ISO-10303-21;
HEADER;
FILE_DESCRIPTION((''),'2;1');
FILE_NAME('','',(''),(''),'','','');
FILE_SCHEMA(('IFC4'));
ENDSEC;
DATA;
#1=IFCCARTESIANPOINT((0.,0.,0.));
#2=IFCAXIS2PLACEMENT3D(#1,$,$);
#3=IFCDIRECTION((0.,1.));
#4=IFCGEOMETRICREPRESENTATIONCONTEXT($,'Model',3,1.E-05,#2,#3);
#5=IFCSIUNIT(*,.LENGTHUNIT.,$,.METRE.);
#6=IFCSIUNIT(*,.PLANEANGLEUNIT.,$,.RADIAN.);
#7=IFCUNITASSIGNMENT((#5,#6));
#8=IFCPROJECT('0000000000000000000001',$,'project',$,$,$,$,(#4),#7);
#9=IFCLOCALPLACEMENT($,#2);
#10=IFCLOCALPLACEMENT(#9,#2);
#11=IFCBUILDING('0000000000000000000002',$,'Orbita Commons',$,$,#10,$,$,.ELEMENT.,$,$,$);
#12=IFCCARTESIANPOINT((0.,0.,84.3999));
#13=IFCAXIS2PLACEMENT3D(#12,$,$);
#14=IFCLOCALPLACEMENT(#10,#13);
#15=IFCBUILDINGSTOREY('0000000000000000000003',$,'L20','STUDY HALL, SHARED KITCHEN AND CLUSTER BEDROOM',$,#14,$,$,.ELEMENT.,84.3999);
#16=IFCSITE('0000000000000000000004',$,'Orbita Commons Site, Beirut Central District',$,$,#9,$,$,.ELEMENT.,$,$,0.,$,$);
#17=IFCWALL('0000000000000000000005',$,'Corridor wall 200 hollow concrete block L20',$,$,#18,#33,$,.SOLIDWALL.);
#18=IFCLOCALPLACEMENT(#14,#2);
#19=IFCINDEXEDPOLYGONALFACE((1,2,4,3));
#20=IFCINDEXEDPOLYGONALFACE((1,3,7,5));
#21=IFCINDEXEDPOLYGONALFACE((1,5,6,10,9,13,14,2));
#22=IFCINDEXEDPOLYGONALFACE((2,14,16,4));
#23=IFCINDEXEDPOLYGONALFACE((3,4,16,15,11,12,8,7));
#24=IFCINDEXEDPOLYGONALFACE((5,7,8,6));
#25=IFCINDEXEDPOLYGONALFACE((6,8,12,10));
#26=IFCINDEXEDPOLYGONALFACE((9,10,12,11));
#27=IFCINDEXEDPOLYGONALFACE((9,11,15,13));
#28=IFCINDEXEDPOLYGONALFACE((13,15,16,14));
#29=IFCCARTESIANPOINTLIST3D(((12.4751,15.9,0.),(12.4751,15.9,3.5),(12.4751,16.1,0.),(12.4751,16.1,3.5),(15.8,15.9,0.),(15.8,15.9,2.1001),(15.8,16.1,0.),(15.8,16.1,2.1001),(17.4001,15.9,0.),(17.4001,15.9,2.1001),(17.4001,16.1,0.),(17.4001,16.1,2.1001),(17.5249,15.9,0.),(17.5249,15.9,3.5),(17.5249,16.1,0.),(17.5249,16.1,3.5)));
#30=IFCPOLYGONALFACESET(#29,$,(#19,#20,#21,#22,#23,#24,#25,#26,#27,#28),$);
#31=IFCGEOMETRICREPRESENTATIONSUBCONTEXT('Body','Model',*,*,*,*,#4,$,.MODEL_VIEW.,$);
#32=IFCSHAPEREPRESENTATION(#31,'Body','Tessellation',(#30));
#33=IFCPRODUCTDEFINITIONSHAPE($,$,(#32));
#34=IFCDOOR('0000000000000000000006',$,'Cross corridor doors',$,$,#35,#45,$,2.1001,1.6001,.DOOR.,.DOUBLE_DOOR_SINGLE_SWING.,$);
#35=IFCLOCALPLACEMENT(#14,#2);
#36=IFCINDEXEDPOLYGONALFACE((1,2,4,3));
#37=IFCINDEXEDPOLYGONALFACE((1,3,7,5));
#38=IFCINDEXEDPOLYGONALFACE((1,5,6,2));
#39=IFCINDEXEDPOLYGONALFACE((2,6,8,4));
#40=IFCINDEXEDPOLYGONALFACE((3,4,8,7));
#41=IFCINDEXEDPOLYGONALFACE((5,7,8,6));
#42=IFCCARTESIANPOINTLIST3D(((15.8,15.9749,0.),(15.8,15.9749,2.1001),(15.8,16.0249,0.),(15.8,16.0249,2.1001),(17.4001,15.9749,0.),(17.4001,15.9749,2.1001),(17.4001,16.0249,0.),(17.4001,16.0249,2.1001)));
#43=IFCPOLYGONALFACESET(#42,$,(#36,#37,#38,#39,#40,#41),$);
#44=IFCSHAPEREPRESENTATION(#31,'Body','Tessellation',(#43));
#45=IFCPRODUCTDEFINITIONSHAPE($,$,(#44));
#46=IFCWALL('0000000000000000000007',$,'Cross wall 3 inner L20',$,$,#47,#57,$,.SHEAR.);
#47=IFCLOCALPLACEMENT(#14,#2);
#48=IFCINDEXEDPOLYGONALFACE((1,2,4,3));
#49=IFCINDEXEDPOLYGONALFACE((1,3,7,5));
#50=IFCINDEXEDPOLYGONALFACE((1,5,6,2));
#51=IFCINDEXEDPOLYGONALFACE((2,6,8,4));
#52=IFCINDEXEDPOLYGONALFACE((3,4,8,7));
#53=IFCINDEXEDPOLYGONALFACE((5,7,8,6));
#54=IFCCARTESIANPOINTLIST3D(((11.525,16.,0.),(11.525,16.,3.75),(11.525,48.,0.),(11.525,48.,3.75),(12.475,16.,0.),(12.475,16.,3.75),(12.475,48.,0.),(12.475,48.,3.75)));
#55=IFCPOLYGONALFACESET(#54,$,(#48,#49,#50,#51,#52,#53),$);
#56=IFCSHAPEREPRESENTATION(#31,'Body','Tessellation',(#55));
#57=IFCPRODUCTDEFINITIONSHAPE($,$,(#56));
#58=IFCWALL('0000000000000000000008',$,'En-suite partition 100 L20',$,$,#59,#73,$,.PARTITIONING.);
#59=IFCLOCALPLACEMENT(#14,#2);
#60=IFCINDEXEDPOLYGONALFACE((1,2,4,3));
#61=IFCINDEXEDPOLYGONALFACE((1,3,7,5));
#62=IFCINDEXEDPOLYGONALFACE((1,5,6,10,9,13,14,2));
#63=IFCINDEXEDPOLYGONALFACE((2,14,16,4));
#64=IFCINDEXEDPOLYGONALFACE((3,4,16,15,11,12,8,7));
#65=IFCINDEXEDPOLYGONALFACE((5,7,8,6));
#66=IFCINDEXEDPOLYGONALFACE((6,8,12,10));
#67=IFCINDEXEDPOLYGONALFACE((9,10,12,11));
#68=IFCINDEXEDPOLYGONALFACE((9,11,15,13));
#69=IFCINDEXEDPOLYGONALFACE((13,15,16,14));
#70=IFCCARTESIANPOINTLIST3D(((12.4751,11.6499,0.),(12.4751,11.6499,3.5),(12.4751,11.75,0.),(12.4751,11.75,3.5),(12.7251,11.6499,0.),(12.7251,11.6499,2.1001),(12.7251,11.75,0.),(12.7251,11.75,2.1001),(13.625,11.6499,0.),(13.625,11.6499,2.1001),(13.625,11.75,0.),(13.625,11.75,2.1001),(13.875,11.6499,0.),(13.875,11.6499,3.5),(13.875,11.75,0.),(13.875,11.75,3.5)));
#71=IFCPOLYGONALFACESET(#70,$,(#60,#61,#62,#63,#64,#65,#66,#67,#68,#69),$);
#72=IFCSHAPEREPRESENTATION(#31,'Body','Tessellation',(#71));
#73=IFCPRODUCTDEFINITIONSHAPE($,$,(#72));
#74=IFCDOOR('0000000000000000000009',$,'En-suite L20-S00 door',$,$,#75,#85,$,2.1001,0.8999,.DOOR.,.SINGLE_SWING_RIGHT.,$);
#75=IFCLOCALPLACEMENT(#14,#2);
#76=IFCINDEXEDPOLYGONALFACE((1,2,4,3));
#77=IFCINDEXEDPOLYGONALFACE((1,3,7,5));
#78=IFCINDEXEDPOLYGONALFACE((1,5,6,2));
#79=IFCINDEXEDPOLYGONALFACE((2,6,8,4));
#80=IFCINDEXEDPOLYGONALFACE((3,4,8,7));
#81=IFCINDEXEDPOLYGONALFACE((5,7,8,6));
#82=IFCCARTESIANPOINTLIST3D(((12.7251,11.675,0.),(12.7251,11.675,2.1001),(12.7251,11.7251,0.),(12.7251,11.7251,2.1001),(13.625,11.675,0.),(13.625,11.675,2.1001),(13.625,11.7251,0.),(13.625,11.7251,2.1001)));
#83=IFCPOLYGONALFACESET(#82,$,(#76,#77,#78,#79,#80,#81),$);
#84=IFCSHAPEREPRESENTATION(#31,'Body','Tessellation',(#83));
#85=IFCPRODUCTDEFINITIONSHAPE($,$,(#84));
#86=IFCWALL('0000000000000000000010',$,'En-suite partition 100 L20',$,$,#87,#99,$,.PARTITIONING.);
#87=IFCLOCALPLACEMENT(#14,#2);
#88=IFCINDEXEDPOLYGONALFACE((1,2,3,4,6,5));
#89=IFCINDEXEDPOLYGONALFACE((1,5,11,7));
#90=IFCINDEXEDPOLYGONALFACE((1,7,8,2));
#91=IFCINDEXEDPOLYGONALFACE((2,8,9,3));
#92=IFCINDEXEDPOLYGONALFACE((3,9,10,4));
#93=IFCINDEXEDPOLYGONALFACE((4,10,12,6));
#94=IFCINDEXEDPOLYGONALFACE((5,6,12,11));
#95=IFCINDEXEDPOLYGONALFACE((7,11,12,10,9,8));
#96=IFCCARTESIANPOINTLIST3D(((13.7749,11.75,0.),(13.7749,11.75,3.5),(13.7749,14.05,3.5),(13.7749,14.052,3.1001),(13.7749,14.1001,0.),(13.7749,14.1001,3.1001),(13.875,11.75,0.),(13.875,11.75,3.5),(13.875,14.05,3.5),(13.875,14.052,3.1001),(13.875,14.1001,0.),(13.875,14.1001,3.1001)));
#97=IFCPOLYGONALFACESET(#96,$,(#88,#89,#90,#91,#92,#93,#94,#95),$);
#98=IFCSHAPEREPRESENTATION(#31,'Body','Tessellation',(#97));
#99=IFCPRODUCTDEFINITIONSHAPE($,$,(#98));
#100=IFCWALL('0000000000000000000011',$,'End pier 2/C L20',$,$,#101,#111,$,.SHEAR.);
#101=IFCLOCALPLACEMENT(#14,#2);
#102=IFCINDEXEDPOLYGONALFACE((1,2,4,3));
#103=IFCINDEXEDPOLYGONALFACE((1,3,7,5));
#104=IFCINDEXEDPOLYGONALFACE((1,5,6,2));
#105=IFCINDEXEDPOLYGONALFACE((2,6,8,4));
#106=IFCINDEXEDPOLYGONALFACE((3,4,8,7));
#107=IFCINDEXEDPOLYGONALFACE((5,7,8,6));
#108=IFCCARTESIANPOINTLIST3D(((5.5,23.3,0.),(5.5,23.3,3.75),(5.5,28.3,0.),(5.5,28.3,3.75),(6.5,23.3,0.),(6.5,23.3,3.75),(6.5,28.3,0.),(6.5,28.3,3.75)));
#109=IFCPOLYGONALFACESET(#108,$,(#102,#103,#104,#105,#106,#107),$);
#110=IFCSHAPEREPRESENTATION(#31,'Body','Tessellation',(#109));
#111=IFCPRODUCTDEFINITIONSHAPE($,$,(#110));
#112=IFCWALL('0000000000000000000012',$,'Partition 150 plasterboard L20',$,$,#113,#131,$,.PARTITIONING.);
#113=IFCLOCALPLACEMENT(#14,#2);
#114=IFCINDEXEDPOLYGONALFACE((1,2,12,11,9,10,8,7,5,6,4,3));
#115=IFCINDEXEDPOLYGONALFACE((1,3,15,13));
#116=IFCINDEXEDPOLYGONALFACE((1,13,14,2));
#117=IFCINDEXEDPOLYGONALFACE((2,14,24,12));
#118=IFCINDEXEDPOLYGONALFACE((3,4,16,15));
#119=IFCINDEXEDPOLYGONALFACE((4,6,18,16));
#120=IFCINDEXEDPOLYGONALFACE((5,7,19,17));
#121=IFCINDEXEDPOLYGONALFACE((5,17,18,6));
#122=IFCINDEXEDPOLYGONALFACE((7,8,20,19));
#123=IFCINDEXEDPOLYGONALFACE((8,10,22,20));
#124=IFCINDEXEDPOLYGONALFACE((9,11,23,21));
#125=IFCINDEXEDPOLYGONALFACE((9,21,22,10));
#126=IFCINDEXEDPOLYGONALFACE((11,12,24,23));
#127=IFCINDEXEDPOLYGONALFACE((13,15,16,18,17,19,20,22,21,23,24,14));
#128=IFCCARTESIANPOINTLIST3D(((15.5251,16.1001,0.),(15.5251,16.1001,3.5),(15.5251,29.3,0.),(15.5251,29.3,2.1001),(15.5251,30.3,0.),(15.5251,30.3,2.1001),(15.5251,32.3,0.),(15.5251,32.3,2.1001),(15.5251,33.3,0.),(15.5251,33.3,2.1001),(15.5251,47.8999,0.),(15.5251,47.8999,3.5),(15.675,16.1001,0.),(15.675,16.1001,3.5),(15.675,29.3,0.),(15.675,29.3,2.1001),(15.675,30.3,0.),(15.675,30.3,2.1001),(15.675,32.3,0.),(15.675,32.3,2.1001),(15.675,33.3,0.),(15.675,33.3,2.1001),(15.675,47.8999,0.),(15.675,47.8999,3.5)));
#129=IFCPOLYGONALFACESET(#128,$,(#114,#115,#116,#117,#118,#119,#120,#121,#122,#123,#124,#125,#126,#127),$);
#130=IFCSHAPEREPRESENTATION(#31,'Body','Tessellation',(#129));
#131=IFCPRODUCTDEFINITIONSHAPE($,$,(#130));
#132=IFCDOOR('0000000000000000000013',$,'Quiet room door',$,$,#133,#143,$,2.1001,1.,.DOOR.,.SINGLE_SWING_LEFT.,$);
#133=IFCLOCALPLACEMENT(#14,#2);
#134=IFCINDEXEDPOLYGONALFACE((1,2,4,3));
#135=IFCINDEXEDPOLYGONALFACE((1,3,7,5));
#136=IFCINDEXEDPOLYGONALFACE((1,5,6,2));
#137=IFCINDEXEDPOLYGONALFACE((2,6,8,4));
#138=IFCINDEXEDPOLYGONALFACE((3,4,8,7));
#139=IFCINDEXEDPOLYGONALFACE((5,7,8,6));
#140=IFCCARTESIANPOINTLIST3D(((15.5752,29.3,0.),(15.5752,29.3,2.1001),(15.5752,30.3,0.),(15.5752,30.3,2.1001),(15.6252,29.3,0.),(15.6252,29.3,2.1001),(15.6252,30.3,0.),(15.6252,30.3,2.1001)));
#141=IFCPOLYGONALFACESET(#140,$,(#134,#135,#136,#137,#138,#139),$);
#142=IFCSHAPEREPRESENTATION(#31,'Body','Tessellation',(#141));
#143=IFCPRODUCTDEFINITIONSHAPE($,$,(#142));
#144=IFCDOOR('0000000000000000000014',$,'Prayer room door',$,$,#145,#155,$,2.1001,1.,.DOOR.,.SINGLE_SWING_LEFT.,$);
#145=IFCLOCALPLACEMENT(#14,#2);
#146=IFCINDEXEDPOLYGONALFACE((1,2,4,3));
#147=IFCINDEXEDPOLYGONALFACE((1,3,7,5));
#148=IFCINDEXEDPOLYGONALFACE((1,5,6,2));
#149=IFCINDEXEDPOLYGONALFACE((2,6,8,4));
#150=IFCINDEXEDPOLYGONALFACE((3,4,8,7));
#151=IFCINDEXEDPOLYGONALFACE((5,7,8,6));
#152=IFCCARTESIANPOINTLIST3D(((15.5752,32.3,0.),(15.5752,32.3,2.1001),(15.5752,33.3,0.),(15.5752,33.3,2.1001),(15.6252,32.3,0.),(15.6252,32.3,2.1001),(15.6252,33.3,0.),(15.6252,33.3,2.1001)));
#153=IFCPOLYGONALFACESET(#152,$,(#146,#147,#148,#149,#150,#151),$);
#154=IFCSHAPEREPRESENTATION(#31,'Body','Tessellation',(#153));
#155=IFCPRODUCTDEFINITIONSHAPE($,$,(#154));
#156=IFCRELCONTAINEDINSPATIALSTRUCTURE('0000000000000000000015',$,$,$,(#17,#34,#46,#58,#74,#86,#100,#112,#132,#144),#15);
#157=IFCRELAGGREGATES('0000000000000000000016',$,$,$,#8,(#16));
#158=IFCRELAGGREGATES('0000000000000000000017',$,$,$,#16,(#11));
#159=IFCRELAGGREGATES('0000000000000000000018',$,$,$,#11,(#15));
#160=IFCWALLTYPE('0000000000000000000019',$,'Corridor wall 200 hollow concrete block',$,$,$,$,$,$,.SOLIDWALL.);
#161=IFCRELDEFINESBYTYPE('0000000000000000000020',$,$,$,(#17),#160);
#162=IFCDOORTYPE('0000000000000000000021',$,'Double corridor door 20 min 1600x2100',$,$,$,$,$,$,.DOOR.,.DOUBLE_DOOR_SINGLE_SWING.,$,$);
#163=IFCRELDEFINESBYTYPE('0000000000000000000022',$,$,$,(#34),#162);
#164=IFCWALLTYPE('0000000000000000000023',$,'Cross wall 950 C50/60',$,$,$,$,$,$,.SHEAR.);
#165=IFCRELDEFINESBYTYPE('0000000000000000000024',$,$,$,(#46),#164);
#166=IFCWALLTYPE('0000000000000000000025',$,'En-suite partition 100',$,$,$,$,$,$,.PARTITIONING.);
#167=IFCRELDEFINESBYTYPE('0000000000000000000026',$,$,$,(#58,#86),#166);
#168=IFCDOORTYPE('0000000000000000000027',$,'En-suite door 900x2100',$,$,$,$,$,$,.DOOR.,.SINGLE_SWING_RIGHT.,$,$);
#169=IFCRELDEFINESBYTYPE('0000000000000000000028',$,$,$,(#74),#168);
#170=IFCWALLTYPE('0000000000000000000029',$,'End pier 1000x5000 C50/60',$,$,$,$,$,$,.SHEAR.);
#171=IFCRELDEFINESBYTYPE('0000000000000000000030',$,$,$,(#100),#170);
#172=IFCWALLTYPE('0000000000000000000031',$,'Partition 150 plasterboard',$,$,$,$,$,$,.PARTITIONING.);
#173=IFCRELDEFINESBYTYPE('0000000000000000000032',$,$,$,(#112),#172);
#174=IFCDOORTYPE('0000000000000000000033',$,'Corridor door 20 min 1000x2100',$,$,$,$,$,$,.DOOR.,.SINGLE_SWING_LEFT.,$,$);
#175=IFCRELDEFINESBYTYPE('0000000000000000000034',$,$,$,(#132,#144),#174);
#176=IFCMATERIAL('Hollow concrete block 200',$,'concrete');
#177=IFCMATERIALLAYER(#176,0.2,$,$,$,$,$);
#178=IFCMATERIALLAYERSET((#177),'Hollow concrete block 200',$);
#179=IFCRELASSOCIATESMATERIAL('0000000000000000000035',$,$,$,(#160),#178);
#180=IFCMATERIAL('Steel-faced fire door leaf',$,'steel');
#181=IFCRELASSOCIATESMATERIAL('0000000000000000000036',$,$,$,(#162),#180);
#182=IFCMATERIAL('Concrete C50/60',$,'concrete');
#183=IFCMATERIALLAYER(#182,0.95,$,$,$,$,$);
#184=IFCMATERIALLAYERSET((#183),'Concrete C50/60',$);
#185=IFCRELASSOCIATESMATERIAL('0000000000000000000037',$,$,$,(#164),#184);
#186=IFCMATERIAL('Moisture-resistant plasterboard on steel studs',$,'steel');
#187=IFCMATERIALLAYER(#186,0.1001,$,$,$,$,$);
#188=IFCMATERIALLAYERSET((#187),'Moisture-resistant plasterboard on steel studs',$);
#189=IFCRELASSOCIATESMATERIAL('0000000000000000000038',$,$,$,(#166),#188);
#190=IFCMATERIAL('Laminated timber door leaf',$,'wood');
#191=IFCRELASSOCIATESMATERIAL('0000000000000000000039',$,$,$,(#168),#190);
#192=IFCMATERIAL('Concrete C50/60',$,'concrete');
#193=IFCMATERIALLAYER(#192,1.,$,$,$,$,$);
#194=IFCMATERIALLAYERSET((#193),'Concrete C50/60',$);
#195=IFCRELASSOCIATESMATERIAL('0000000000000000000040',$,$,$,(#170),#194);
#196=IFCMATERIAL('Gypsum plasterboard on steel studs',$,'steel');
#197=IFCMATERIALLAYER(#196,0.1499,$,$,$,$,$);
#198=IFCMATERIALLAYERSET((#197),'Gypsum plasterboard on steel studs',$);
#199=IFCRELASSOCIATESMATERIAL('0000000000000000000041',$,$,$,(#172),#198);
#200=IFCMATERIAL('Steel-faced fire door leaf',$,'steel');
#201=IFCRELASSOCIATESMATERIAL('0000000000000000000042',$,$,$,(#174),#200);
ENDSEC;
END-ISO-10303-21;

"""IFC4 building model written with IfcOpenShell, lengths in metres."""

from ifc_helpers import new_model, si_unit, direction, frame, frame_2d, origin, place, context, subcontext, project, spatial, polyline, rectangle, outline, extrude, material, layer, layer_set, type_object, element, fill, save


model = new_model("IFC4")

# Units and contexts
model_context = context("Model", 3, precision=1e-05, world=origin(), true_north=direction((0.0, 1.0)))
body_context = subcontext(model_context, "Body", "Model", "MODEL_VIEW")
ifc_project = project(units=[si_unit("LENGTHUNIT", "METRE"), si_unit("PLANEANGLEUNIT", "RADIAN")], contexts=[model_context])

# Site, building, storey
site_placement = place(None, origin())
site = spatial("IfcSite", under=ifc_project, at=site_placement, Name="Orbita Commons Site, Beirut Central District", CompositionType="ELEMENT", RefElevation=0.0)
building_placement = place(site_placement, origin())
building = spatial("IfcBuilding", under=site, at=building_placement, Name="Orbita Commons", CompositionType="ELEMENT")
storey_placement = place(building_placement, frame((0.0, 0.0, 84.3999)))
storey = spatial("IfcBuildingStorey", under=building, at=storey_placement, Name="L20", Description="STUDY HALL, SHARED KITCHEN AND CLUSTER BEDROOM", CompositionType="ELEMENT", Elevation=84.3999)

# Wall, opening, door
ifc_material_1 = material(Name="Hollow concrete block 200", Category="concrete")
ifc_layer_1 = layer(ifc_material_1, 0.2)
ifc_layer_set_1 = layer_set([ifc_layer_1], Name="Hollow concrete block 200")
wall_type_1 = type_object("IfcWallType", Name="Corridor wall 200 hollow concrete block", PredefinedType="SOLIDWALL", material=ifc_layer_set_1)
wall_1_placement = place(storey_placement, frame((12.4751, 16.0, 0.0), z_axis=(0.0, 0.0, 1.0), x_axis=(1.0, 0.0, 0.0)))
wall_1 = element("IfcWall", 1, at=wall_1_placement, inside=storey, type_object=wall_type_1, Name="Corridor wall 200 hollow concrete block L20", PredefinedType="SOLIDWALL", context=body_context, shape_type="SweptSolid", body=[
    extrude(rectangle(XDim=5.0498, YDim=0.2, at=frame_2d((2.5249, 0.0))), origin(), (0.0, 0.0, 1.0), 3.5),
])
opening_1_placement = place(wall_1_placement, frame((3.325, 0.0, 0.0)))
opening_1 = element("IfcOpeningElement", 2, at=opening_1_placement, cuts=wall_1, PredefinedType="OPENING", context=body_context, shape_type="SweptSolid", body=[
    extrude(rectangle(XDim=1.6001, YDim=2.1001, at=frame_2d((0.8, 1.05))), frame((0.0, 0.1099, 0.0), z_axis=(0.0, -1.0, 0.0), x_axis=(1.0, 0.0, 0.0)), (0.0, 0.0, 1.0), 0.22),
])
ifc_material_2 = material(Name="Steel-faced fire door leaf", Category="steel")
door_type_1 = type_object("IfcDoorType", Name="Double corridor door 20 min 1600x2100", OperationType="DOUBLE_DOOR_SINGLE_SWING", PredefinedType="DOOR", material=ifc_material_2)
door_1_placement = place(opening_1_placement, origin())
door_1 = element("IfcDoor", 3, at=door_1_placement, inside=storey, type_object=door_type_1, Name="Cross corridor doors", OperationType="DOUBLE_DOOR_SINGLE_SWING", OverallHeight=2.1001, OverallWidth=1.6001, PredefinedType="DOOR", context=body_context, shape_type="SweptSolid", body=[
    extrude(rectangle(XDim=1.6001, YDim=2.1001, at=frame_2d((0.8, 1.05))), frame((0.0, 0.0249, 0.0), z_axis=(0.0, -1.0, 0.0), x_axis=(1.0, 0.0, 0.0)), (0.0, 0.0, 1.0), 0.05),
])
fill(opening_1, door_1)

# Wall
ifc_material_3 = material(Name="Concrete C50/60", Category="concrete")
ifc_layer_2 = layer(ifc_material_3, 0.95)
ifc_layer_set_2 = layer_set([ifc_layer_2], Name="Concrete C50/60")
wall_type_2 = type_object("IfcWallType", Name="Cross wall 950 C50/60", PredefinedType="SHEAR", material=ifc_layer_set_2)
wall_2_placement = place(storey_placement, frame((12.0, 16.0, 0.0), z_axis=(0.0, 0.0, 1.0), x_axis=(0.0, 1.0, 0.0)))
element("IfcWall", 4, at=wall_2_placement, inside=storey, type_object=wall_type_2, Name="Cross wall 3 inner L20", PredefinedType="SHEAR", context=body_context, shape_type="SweptSolid", body=[
    extrude(rectangle(XDim=32.0, YDim=0.95, at=frame_2d((16.0, 0.0))), origin(), (0.0, 0.0, 1.0), 3.75),
])

# Wall, opening, door
ifc_material_4 = material(Name="Moisture-resistant plasterboard on steel studs", Category="steel")
ifc_layer_3 = layer(ifc_material_4, 0.1001)
ifc_layer_set_3 = layer_set([ifc_layer_3], Name="Moisture-resistant plasterboard on steel studs")
wall_type_3 = type_object("IfcWallType", Name="En-suite partition 100", PredefinedType="PARTITIONING", material=ifc_layer_set_3)
wall_3_placement = place(storey_placement, frame((13.875, 11.7, 0.0), z_axis=(0.0, 0.0, 1.0), x_axis=(-1.0, 0.0, 0.0)))
wall_3 = element("IfcWall", 5, at=wall_3_placement, inside=storey, type_object=wall_type_3, Name="En-suite partition 100 L20", PredefinedType="PARTITIONING", context=body_context, shape_type="SweptSolid", body=[
    extrude(rectangle(XDim=1.3999, YDim=0.1001, at=frame_2d((0.7, 0.0))), origin(), (0.0, 0.0, 1.0), 3.5),
])
opening_2_placement = place(wall_3_placement, frame((0.25, 0.0, 0.0)))
opening_2 = element("IfcOpeningElement", 6, at=opening_2_placement, cuts=wall_3, PredefinedType="OPENING", context=body_context, shape_type="SweptSolid", body=[
    extrude(rectangle(XDim=0.8999, YDim=2.1001, at=frame_2d((0.45, 1.05))), frame((0.0, 0.0601, 0.0), z_axis=(0.0, -1.0, 0.0), x_axis=(1.0, 0.0, 0.0)), (0.0, 0.0, 1.0), 0.1201),
])
ifc_material_5 = material(Name="Laminated timber door leaf", Category="wood")
door_type_2 = type_object("IfcDoorType", Name="En-suite door 900x2100", OperationType="SINGLE_SWING_RIGHT", PredefinedType="DOOR", material=ifc_material_5)
door_2_placement = place(opening_2_placement, origin())
door_2 = element("IfcDoor", 7, at=door_2_placement, inside=storey, type_object=door_type_2, Name="En-suite L20-S00 door", OperationType="SINGLE_SWING_RIGHT", OverallHeight=2.1001, OverallWidth=0.8999, PredefinedType="DOOR", context=body_context, shape_type="SweptSolid", body=[
    extrude(rectangle(XDim=0.8999, YDim=2.1001, at=frame_2d((0.45, 1.05))), frame((0.0, 0.0249, 0.0), z_axis=(0.0, -1.0, 0.0), x_axis=(1.0, 0.0, 0.0)), (0.0, 0.0, 1.0), 0.05),
])
fill(opening_2, door_2)

# Walls
wall_4_placement = place(storey_placement, frame((13.825, 11.75, 0.0), z_axis=(0.0, 0.0, 1.0), x_axis=(0.0, 1.0, 0.0)))
element("IfcWall", 8, at=wall_4_placement, inside=storey, type_object=wall_type_3, Name="En-suite partition 100 L20", PredefinedType="PARTITIONING", context=body_context, shape_type="SweptSolid", body=[
    extrude(outline(polyline([(0.0, 0.0), (2.3501, 0.0), (2.3501, 3.1001), (2.302, 3.1001), (2.3, 3.5), (0.0, 3.5), (0.0, 0.0)])), frame((0.0, 0.05, 0.0), z_axis=(0.0, -1.0, 0.0), x_axis=(1.0, 0.0, 0.0)), (0.0, 0.0, 1.0), 0.1001),
])
ifc_material_6 = material(Name="Concrete C50/60", Category="concrete")
ifc_layer_4 = layer(ifc_material_6, 1.0)
ifc_layer_set_4 = layer_set([ifc_layer_4], Name="Concrete C50/60")
wall_type_4 = type_object("IfcWallType", Name="End pier 1000x5000 C50/60", PredefinedType="SHEAR", material=ifc_layer_set_4)
wall_5_placement = place(storey_placement, frame((6.0, 23.3, 0.0), z_axis=(0.0, 0.0, 1.0), x_axis=(0.0, 1.0, 0.0)))
element("IfcWall", 9, at=wall_5_placement, inside=storey, type_object=wall_type_4, Name="End pier 2/C L20", PredefinedType="SHEAR", context=body_context, shape_type="SweptSolid", body=[
    extrude(rectangle(XDim=5.0, YDim=1.0, at=frame_2d((2.5, 0.0))), origin(), (0.0, 0.0, 1.0), 3.75),
])

# Wall, openings, doors
ifc_material_7 = material(Name="Gypsum plasterboard on steel studs", Category="steel")
ifc_layer_5 = layer(ifc_material_7, 0.1499)
ifc_layer_set_5 = layer_set([ifc_layer_5], Name="Gypsum plasterboard on steel studs")
wall_type_5 = type_object("IfcWallType", Name="Partition 150 plasterboard", PredefinedType="PARTITIONING", material=ifc_layer_set_5)
wall_6_placement = place(storey_placement, frame((15.6001, 16.1001, 0.0), z_axis=(0.0, 0.0, 1.0), x_axis=(0.0, 1.0, 0.0)))
wall_6 = element("IfcWall", 10, at=wall_6_placement, inside=storey, type_object=wall_type_5, Name="Partition 150 plasterboard L20", PredefinedType="PARTITIONING", context=body_context, shape_type="SweptSolid", body=[
    extrude(rectangle(XDim=31.7998, YDim=0.1499, at=frame_2d((15.8999, 0.0))), origin(), (0.0, 0.0, 1.0), 3.5),
])
opening_3_placement = place(wall_6_placement, frame((13.2, 0.0, 0.0)))
opening_3 = element("IfcOpeningElement", 11, at=opening_3_placement, cuts=wall_6, PredefinedType="OPENING", context=body_context, shape_type="SweptSolid", body=[
    extrude(rectangle(XDim=1.0, YDim=2.1001, at=frame_2d((0.5, 1.05))), frame((0.0, 0.085, 0.0), z_axis=(0.0, -1.0, 0.0), x_axis=(1.0, 0.0, 0.0)), (0.0, 0.0, 1.0), 0.1699),
])
opening_4_placement = place(wall_6_placement, frame((16.2, 0.0, 0.0)))
opening_4 = element("IfcOpeningElement", 12, at=opening_4_placement, cuts=wall_6, PredefinedType="OPENING", context=body_context, shape_type="SweptSolid", body=[
    extrude(rectangle(XDim=1.0, YDim=2.1001, at=frame_2d((0.5, 1.05))), frame((0.0, 0.085, 0.0), z_axis=(0.0, -1.0, 0.0), x_axis=(1.0, 0.0, 0.0)), (0.0, 0.0, 1.0), 0.1699),
])
ifc_material_8 = material(Name="Steel-faced fire door leaf", Category="steel")
door_type_3 = type_object("IfcDoorType", Name="Corridor door 20 min 1000x2100", OperationType="SINGLE_SWING_LEFT", PredefinedType="DOOR", material=ifc_material_8)
door_3_placement = place(opening_3_placement, origin())
door_3 = element("IfcDoor", 13, at=door_3_placement, inside=storey, type_object=door_type_3, Name="Quiet room door", OperationType="SINGLE_SWING_LEFT", OverallHeight=2.1001, OverallWidth=1.0, PredefinedType="DOOR", context=body_context, shape_type="SweptSolid", body=[
    extrude(rectangle(XDim=1.0, YDim=2.1001, at=frame_2d((0.5, 1.05))), frame((0.0, 0.0249, 0.0), z_axis=(0.0, -1.0, 0.0), x_axis=(1.0, 0.0, 0.0)), (0.0, 0.0, 1.0), 0.05),
])
fill(opening_3, door_3)
door_4_placement = place(opening_4_placement, origin())
door_4 = element("IfcDoor", 14, at=door_4_placement, inside=storey, type_object=door_type_3, Name="Prayer room door", OperationType="SINGLE_SWING_LEFT", OverallHeight=2.1001, OverallWidth=1.0, PredefinedType="DOOR", context=body_context, shape_type="SweptSolid", body=[
    extrude(rectangle(XDim=1.0, YDim=2.1001, at=frame_2d((0.5, 1.05))), frame((0.0, 0.0249, 0.0), z_axis=(0.0, -1.0, 0.0), x_axis=(1.0, 0.0, 0.0)), (0.0, 0.0, 1.0), 0.05),
])
fill(opening_4, door_4)

save(model, "model.ifc")
